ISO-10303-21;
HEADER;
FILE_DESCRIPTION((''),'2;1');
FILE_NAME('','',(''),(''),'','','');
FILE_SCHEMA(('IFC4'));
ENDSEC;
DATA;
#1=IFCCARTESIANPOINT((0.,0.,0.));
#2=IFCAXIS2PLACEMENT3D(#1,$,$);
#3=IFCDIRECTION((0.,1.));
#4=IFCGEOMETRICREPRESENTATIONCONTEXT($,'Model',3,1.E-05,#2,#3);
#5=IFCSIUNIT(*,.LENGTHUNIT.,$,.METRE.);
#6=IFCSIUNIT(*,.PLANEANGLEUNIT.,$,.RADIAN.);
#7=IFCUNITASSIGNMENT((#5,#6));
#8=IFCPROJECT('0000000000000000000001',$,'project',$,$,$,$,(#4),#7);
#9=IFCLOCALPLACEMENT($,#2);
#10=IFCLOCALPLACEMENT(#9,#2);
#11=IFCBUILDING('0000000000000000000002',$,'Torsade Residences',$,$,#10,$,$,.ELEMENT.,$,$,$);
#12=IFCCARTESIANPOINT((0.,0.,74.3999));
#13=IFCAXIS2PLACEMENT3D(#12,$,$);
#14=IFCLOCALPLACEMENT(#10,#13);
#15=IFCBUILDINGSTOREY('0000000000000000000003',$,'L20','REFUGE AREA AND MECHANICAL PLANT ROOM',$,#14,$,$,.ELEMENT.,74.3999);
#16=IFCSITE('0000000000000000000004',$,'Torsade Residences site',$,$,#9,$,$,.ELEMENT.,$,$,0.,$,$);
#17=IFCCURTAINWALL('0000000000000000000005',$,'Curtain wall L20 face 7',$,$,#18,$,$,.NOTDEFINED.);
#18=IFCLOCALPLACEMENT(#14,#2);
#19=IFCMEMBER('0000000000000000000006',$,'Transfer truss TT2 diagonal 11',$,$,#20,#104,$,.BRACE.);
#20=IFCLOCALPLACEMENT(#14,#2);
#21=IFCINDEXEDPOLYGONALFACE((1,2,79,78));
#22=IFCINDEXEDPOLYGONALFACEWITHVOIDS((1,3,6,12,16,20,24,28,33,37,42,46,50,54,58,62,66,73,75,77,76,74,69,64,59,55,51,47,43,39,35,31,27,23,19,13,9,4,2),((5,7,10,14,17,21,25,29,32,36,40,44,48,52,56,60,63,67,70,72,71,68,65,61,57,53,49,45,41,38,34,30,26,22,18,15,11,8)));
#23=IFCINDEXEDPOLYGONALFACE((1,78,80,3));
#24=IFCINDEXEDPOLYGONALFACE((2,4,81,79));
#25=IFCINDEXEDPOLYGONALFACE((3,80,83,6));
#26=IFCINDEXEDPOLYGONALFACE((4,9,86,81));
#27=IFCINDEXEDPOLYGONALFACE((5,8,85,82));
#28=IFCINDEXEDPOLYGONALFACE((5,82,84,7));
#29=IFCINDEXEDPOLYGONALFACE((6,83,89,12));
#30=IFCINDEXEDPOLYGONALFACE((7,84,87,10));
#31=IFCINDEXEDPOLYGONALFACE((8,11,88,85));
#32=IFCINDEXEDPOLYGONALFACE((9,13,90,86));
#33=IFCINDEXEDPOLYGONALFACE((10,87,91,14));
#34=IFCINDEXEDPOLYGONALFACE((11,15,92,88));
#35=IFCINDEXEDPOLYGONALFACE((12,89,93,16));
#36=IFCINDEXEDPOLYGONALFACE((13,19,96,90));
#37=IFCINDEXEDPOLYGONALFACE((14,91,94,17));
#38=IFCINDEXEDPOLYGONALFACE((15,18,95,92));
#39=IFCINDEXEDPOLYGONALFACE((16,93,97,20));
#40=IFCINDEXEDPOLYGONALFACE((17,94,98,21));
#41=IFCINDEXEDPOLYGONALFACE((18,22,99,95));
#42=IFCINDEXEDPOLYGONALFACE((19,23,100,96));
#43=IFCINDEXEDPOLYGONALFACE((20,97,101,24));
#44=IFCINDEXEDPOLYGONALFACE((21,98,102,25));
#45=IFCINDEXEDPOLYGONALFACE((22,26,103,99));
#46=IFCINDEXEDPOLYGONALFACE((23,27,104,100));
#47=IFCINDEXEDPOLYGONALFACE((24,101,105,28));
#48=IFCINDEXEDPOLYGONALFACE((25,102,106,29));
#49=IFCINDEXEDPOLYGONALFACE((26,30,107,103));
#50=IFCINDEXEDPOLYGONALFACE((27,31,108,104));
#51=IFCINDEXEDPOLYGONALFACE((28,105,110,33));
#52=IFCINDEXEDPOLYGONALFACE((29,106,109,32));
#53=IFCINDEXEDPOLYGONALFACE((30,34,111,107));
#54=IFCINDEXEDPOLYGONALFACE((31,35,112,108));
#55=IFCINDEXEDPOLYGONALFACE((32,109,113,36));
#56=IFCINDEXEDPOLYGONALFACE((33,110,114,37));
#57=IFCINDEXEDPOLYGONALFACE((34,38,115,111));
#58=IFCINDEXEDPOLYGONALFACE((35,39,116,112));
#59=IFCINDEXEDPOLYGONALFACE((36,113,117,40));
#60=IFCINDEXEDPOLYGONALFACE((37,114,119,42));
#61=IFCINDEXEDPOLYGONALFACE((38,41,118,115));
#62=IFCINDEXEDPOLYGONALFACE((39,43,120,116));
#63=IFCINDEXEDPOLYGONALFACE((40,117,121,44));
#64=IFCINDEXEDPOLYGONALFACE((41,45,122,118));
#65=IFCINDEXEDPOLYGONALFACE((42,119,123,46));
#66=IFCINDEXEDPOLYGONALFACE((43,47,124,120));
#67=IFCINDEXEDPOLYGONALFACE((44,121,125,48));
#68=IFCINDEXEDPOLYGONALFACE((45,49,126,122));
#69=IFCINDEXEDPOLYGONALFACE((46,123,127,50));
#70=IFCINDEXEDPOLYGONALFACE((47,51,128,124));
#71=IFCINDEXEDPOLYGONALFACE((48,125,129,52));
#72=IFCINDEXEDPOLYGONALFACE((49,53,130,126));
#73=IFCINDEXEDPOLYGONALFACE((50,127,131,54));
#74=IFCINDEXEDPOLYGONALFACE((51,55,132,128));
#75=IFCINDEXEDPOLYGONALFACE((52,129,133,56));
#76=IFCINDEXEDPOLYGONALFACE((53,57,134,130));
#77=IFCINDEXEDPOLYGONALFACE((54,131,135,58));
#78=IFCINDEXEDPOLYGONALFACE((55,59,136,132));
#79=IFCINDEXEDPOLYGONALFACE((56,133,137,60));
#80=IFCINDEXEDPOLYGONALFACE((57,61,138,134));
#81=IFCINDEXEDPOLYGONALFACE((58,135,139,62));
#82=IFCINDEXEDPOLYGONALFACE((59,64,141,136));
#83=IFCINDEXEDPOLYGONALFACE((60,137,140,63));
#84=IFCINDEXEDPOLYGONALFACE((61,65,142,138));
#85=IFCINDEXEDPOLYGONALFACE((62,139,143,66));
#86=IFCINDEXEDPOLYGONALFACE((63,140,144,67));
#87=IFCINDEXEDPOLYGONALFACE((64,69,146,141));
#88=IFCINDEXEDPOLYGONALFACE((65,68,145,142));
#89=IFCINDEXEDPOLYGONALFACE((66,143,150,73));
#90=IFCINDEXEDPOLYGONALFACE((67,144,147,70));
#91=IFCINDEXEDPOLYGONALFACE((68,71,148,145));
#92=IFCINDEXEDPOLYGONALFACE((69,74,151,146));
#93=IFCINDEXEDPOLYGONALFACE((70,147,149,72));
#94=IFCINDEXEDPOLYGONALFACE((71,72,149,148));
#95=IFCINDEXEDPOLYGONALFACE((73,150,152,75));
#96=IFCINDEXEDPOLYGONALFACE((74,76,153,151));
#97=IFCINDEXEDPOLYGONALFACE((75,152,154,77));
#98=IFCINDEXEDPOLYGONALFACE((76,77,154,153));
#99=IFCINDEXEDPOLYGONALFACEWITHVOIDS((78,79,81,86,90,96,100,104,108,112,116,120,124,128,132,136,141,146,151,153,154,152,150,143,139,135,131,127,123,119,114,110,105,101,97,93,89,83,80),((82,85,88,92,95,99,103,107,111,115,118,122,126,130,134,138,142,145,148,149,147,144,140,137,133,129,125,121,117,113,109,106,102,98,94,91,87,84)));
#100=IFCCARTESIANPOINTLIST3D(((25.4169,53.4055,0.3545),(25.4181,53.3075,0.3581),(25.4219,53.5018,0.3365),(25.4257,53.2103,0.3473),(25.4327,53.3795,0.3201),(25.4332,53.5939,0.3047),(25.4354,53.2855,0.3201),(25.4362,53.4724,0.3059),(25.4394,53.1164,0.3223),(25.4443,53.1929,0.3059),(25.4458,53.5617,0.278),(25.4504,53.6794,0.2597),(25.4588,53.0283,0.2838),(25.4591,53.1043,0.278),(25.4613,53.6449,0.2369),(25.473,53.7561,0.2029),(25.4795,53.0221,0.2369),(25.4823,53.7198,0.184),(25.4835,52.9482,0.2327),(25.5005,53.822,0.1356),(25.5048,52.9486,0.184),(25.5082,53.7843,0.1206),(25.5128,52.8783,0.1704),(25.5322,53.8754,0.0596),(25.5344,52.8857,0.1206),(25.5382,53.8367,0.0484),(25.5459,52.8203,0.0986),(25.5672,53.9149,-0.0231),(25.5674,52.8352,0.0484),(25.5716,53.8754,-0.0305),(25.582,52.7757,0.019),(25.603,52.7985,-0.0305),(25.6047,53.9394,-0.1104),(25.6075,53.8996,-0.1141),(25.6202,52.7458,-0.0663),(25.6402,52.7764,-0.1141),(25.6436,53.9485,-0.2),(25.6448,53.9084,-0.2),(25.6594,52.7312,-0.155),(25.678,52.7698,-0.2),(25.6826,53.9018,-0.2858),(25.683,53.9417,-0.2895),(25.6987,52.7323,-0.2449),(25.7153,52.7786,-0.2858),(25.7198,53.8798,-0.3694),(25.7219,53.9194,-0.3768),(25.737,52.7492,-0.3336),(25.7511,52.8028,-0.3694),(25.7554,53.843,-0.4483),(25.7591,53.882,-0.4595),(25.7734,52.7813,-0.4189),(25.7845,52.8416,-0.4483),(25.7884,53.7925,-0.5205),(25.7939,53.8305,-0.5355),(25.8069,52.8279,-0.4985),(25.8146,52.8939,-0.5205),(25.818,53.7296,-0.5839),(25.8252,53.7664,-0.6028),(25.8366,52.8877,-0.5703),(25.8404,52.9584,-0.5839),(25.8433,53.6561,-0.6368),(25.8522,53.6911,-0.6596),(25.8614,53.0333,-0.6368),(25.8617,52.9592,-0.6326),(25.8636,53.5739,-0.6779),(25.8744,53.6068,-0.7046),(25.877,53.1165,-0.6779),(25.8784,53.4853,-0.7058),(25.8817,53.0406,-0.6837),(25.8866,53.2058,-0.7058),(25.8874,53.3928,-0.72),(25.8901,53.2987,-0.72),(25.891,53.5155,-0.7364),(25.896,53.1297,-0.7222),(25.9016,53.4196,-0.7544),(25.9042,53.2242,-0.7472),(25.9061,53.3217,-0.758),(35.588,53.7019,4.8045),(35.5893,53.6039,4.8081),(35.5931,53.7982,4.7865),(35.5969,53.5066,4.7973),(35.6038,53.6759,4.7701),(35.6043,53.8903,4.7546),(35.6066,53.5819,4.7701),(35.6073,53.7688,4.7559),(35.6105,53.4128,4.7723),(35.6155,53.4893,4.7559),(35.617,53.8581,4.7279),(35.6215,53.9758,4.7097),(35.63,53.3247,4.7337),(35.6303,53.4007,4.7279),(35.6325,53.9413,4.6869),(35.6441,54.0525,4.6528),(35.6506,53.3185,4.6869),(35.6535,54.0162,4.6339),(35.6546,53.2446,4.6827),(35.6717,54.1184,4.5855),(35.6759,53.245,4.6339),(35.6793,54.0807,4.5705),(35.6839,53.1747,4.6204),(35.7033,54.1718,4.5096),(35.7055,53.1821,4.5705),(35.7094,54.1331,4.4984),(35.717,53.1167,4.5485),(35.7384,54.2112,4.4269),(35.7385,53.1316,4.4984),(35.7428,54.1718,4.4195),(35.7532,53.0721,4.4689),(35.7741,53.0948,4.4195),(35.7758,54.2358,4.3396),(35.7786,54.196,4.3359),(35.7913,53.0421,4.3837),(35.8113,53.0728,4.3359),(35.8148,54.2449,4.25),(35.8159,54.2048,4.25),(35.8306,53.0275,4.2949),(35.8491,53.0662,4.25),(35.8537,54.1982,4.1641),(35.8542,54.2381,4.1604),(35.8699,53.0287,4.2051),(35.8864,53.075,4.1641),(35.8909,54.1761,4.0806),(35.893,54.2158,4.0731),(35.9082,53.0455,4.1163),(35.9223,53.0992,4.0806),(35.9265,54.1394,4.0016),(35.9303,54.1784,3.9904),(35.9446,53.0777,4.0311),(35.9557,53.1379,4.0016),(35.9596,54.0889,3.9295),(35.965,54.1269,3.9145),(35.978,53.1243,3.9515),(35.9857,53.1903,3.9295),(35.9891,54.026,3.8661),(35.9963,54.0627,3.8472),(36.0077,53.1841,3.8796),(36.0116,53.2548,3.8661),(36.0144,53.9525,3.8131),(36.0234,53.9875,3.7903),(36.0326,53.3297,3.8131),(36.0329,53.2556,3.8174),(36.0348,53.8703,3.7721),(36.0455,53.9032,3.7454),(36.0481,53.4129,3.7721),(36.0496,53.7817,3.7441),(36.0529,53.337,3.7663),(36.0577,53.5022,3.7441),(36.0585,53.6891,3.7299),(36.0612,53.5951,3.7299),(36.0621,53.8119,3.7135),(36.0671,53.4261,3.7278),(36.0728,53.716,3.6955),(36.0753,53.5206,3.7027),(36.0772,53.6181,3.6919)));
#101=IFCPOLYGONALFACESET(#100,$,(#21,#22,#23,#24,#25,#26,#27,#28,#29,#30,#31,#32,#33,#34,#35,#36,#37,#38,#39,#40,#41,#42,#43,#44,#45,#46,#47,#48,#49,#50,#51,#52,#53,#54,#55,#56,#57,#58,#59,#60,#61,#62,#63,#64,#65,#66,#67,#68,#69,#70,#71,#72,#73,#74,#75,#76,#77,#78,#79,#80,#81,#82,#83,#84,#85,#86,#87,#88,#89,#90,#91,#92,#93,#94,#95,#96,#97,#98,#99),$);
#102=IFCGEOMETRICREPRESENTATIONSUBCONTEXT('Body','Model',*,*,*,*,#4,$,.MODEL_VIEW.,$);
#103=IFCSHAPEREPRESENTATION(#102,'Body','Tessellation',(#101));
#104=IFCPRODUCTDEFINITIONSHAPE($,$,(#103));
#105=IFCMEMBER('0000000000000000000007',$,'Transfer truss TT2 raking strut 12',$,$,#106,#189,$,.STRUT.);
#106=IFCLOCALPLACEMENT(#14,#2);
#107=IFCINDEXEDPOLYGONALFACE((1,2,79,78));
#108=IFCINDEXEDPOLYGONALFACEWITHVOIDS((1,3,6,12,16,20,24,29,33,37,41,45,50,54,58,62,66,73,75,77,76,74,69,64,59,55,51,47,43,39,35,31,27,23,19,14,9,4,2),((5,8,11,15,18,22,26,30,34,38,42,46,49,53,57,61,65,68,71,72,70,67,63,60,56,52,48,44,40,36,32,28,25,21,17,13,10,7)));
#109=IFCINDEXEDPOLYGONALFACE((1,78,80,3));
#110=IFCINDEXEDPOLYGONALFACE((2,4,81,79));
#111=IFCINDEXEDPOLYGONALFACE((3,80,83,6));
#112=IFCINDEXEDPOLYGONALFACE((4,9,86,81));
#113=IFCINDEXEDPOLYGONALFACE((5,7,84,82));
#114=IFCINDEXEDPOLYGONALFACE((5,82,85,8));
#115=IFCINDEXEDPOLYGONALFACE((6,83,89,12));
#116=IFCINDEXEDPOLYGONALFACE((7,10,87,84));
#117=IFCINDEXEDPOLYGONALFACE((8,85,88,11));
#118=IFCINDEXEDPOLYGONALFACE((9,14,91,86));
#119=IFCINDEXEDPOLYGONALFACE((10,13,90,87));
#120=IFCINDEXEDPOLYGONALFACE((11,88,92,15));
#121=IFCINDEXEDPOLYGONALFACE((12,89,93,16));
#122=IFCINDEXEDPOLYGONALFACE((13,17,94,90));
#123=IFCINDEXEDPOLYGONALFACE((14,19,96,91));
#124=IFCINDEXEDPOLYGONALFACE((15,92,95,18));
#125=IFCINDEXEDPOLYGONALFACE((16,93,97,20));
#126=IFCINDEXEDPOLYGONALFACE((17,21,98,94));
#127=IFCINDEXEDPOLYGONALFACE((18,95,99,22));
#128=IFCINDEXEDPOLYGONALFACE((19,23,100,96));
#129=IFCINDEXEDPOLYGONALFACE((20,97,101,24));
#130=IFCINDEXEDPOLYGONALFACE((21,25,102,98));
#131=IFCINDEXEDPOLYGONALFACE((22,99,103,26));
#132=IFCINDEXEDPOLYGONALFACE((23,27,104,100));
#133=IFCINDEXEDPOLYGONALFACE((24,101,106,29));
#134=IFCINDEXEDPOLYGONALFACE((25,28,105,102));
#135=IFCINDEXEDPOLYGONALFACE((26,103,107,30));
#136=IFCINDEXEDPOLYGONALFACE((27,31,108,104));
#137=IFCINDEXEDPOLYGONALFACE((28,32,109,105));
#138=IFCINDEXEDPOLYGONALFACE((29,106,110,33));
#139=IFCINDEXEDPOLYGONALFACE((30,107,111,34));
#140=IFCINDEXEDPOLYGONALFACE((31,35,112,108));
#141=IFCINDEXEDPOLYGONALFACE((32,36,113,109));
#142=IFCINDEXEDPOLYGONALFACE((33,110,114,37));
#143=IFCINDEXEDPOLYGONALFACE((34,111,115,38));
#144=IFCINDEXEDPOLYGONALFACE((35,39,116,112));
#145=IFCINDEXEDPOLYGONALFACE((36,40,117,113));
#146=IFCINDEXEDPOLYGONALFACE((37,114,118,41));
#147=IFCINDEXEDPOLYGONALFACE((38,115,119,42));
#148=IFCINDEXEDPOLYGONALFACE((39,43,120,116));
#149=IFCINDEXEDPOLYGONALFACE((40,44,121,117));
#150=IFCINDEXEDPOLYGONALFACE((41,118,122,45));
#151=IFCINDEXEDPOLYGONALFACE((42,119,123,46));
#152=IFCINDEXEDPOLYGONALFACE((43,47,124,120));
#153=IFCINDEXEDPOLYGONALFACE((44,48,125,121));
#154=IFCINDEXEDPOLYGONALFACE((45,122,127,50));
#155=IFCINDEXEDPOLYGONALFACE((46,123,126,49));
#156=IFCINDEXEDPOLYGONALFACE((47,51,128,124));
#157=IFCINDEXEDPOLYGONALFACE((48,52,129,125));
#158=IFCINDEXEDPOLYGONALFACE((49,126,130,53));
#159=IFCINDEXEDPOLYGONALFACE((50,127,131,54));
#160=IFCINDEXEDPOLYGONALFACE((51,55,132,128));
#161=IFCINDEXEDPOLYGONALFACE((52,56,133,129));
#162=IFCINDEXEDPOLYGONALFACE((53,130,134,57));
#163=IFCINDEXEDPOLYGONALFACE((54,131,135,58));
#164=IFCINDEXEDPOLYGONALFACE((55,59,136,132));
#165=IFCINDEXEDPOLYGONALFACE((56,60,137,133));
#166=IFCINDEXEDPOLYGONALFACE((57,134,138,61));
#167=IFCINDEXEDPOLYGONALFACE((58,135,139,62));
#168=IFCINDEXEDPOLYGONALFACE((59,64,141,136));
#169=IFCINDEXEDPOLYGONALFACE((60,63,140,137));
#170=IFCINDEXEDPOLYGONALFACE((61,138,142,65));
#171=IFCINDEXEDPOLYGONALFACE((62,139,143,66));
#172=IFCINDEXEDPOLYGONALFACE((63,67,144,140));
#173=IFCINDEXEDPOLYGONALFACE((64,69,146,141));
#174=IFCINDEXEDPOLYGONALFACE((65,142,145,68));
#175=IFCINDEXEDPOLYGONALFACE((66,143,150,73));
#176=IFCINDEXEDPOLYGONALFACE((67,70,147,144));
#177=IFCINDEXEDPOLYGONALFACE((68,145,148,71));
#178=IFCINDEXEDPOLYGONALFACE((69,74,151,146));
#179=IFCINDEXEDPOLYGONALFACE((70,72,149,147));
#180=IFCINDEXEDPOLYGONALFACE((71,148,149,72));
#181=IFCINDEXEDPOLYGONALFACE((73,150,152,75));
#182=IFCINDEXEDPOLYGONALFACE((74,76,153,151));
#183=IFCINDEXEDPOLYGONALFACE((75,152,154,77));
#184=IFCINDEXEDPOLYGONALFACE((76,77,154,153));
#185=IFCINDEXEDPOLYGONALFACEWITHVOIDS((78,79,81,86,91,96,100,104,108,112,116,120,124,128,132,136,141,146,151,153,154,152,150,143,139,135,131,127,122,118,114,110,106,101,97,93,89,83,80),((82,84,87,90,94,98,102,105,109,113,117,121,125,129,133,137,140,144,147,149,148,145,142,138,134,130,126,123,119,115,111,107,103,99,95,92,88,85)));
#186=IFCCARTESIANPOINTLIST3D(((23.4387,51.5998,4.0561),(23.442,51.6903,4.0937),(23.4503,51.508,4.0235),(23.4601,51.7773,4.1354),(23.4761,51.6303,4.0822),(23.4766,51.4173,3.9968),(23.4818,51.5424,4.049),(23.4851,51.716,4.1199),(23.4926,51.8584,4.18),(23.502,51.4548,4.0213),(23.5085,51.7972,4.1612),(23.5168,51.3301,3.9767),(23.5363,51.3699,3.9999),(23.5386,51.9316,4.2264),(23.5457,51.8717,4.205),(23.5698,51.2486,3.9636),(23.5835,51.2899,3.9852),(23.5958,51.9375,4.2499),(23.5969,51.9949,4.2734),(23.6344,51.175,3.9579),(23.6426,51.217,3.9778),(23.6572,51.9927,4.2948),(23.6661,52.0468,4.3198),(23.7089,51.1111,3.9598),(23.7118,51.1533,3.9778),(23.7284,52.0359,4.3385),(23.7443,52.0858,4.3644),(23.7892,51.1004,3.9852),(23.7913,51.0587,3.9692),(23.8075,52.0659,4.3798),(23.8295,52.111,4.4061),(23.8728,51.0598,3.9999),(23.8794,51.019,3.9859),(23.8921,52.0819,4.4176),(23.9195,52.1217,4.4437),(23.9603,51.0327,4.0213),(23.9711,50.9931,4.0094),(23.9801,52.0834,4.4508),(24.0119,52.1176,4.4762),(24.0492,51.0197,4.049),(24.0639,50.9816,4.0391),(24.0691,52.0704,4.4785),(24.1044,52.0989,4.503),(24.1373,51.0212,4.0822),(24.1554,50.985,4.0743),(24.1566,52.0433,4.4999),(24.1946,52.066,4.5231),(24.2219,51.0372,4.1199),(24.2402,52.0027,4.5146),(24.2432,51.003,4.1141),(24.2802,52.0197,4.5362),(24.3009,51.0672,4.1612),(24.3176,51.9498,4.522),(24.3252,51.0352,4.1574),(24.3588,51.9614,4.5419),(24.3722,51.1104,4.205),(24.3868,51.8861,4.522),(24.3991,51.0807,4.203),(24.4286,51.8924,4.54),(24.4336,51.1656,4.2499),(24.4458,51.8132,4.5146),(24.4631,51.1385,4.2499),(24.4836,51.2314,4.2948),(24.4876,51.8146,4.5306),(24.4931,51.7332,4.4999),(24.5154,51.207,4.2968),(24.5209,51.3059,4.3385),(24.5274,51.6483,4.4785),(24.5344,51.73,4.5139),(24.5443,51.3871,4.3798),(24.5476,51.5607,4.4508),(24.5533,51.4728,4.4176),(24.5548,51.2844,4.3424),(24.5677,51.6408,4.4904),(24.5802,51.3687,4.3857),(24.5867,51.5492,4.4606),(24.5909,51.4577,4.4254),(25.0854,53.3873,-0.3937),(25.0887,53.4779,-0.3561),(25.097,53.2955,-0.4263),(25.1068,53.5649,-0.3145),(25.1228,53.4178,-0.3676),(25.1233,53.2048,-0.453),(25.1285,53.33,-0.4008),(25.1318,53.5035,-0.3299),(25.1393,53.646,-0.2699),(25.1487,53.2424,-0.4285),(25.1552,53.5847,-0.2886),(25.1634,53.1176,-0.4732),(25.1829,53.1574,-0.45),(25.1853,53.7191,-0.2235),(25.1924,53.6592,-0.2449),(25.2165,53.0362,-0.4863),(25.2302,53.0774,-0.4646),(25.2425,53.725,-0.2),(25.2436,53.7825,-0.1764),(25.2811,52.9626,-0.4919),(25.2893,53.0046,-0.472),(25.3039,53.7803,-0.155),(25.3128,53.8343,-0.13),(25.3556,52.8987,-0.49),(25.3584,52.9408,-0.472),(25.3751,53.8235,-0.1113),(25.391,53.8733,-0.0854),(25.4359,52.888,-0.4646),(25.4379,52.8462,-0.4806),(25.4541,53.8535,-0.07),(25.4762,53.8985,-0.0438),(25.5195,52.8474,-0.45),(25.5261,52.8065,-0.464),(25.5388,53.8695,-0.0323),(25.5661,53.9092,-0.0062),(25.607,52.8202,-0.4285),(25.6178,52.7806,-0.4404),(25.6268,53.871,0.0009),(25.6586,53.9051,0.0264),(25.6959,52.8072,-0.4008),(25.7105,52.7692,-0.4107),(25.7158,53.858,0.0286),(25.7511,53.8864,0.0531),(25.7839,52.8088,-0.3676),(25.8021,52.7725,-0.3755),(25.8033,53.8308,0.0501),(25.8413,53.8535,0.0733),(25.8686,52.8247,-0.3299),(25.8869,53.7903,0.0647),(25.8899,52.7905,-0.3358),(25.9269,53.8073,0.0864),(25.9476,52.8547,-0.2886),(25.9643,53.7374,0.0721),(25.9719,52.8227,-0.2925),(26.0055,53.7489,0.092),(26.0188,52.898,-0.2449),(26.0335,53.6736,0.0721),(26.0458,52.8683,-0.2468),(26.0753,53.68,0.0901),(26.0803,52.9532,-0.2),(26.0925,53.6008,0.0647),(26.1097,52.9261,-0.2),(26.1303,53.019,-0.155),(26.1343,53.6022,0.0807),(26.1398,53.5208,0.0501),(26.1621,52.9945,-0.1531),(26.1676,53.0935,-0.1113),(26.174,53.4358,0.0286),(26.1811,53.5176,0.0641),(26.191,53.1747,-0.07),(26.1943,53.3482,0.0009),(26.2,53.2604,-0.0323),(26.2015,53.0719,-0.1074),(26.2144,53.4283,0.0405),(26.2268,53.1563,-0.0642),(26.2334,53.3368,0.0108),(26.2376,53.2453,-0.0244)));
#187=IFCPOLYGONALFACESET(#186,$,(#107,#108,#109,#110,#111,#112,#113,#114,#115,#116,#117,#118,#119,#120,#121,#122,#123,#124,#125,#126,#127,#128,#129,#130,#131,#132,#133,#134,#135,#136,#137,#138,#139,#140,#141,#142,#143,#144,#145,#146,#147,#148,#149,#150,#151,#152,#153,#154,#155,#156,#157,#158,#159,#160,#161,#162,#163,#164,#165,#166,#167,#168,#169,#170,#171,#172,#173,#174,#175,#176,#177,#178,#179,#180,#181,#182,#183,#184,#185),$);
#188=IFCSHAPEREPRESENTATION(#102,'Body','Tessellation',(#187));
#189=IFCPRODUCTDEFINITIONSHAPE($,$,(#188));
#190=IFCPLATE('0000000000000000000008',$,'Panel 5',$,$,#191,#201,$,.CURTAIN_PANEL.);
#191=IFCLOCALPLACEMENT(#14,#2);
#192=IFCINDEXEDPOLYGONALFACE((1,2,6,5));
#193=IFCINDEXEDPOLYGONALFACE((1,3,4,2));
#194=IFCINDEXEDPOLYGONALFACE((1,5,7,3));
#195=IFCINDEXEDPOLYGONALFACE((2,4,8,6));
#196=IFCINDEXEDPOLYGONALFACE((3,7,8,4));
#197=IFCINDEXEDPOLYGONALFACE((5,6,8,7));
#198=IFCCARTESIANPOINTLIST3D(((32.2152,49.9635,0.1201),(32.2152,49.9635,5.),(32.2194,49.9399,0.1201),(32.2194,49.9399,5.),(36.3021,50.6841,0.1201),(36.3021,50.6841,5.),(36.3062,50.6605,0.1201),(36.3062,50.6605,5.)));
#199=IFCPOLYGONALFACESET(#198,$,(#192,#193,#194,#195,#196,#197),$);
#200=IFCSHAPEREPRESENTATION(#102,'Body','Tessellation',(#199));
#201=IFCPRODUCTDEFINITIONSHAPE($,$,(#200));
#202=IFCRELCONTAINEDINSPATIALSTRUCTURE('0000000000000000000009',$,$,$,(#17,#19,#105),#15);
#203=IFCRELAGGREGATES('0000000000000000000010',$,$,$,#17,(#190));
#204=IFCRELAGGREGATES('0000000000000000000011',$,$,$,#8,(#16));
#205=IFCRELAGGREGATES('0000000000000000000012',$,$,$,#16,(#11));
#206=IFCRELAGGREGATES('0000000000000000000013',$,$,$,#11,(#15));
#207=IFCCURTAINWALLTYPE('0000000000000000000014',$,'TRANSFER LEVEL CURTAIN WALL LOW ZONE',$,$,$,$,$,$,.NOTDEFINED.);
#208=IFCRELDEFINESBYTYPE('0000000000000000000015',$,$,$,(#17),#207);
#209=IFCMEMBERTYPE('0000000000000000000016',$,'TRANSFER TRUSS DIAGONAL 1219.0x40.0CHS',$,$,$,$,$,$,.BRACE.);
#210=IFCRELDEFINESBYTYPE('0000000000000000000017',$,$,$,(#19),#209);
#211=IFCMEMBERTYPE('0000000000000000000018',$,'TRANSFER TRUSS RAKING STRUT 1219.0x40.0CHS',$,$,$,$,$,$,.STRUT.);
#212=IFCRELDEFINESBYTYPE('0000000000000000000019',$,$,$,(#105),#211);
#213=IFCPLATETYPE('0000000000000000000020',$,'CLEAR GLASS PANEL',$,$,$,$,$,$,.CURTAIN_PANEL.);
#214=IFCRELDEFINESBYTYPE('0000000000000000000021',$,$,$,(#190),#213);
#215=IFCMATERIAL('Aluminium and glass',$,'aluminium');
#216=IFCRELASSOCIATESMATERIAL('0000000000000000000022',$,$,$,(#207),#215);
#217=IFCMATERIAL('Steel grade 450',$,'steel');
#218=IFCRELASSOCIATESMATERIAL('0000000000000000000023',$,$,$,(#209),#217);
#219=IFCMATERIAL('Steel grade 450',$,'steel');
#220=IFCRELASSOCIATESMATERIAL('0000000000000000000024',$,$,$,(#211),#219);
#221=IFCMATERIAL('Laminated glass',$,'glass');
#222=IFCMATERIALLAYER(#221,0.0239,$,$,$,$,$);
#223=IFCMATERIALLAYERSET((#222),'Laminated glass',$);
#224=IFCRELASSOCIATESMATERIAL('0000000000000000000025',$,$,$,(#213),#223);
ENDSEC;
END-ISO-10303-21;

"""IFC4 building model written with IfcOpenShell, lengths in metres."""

from ifc_helpers import new_model, si_unit, direction, frame, origin, origin_2d, place, context, subcontext, project, spatial, rectangle, hollow_circle, extrude, material, layer, layer_set, material_profile, profile_set, type_object, element, aggregate, save


model = new_model("IFC4")

# Units and contexts
model_context = context("Model", 3, precision=1e-05, world=origin(), true_north=direction((0.0, 1.0)))
body_context = subcontext(model_context, "Body", "Model", "MODEL_VIEW")
ifc_project = project(units=[si_unit("LENGTHUNIT", "METRE"), si_unit("PLANEANGLEUNIT", "RADIAN")], contexts=[model_context])

# Site, building, storey
site_placement = place(None, origin())
site = spatial("IfcSite", under=ifc_project, at=site_placement, Name="Torsade Residences site", CompositionType="ELEMENT", RefElevation=0.0)
building_placement = place(site_placement, origin())
building = spatial("IfcBuilding", under=site, at=building_placement, Name="Torsade Residences", CompositionType="ELEMENT")
storey_placement = place(building_placement, frame((0.0, 0.0, 74.3999)))
storey = spatial("IfcBuildingStorey", under=building, at=storey_placement, Name="L20", Description="REFUGE AREA AND MECHANICAL PLANT ROOM", CompositionType="ELEMENT", Elevation=74.3999)

# Curtain wall
ifc_material_1 = material(Name="Aluminium and glass", Category="aluminium")
curtain_wall_type = type_object("IfcCurtainWallType", Name="TRANSFER LEVEL CURTAIN WALL LOW ZONE", PredefinedType="NOTDEFINED", material=ifc_material_1)
curtain_wall_placement = place(storey_placement, origin())
curtain_wall = element("IfcCurtainWall", 1, at=curtain_wall_placement, inside=storey, type_object=curtain_wall_type, Name="Curtain wall L20 face 7", PredefinedType="NOTDEFINED")

# Members
ifc_material_2 = material(Name="Steel grade 450", Category="steel")
ifc_material_profile_1 = material_profile(ifc_material_2, hollow_circle(Radius=0.6096, WallThickness=0.04, at=origin_2d()), Name="1219.0x40.0CHS")
ifc_profile_set_1 = profile_set([ifc_material_profile_1], Name="Steel grade 450")
member_type_1 = type_object("IfcMemberType", Name="TRANSFER TRUSS DIAGONAL 1219.0x40.0CHS", PredefinedType="BRACE", material=ifc_profile_set_1)
member_1_placement = place(storey_placement, frame((25.6614, 53.3391, -0.2), z_axis=(0.915829, 0.026687, 0.400682), x_axis=(-0.029128, 0.999576, 0.0)))
element("IfcMember", 2, at=member_1_placement, inside=storey, type_object=member_type_1, Name="Transfer truss TT2 diagonal 11", PredefinedType="BRACE", context=body_context, shape_type="SweptSolid", body=[
    extrude(hollow_circle(Radius=0.6096, WallThickness=0.04, at=origin_2d()), origin(), (0.0, 0.0, 1.0), 11.106),
])
ifc_material_3 = material(Name="Steel grade 450", Category="steel")
ifc_material_profile_2 = material_profile(ifc_material_3, hollow_circle(Radius=0.6096, WallThickness=0.04, at=origin_2d()), Name="1219.0x40.0CHS")
ifc_profile_set_2 = profile_set([ifc_material_profile_2], Name="Steel grade 450")
member_type_2 = type_object("IfcMemberType", Name="TRANSFER TRUSS RAKING STRUT 1219.0x40.0CHS", PredefinedType="STRUT", material=ifc_profile_set_2)
member_2_placement = place(storey_placement, frame((25.6614, 53.3391, -0.2), z_axis=(-0.324771, -0.352553, 0.877628), x_axis=(0.735492, -0.677533, 0.0)))
element("IfcMember", 3, at=member_2_placement, inside=storey, type_object=member_type_2, Name="Transfer truss TT2 raking strut 12", PredefinedType="STRUT", context=body_context, shape_type="SweptSolid", body=[
    extrude(hollow_circle(Radius=0.6096, WallThickness=0.04, at=origin_2d()), origin(), (0.0, 0.0, 1.0), 5.0703),
])

# Plate
ifc_material_4 = material(Name="Laminated glass", Category="glass")
ifc_layer_1 = layer(ifc_material_4, 0.0239)
ifc_layer_set_1 = layer_set([ifc_layer_1], Name="Laminated glass")
plate_type = type_object("IfcPlateType", Name="CLEAR GLASS PANEL", PredefinedType="CURTAIN_PANEL", material=ifc_layer_set_1)
plate_1_placement = place(storey_placement, frame((34.2607, 50.312, 0.1201), z_axis=(0.0, 0.0, 1.0), x_axis=(-0.984808, -0.173648, 0.0)))
plate_1 = element("IfcPlate", 4, at=plate_1_placement, type_object=plate_type, Name="Panel 5", PredefinedType="CURTAIN_PANEL", context=body_context, shape_type="SweptSolid", body=[
    extrude(rectangle(XDim=4.1499, YDim=0.0239, at=origin_2d()), origin(), (0.0, 0.0, 1.0), 4.8799),
])
aggregate(curtain_wall, [plate_1])

save(model, "model.ifc")
